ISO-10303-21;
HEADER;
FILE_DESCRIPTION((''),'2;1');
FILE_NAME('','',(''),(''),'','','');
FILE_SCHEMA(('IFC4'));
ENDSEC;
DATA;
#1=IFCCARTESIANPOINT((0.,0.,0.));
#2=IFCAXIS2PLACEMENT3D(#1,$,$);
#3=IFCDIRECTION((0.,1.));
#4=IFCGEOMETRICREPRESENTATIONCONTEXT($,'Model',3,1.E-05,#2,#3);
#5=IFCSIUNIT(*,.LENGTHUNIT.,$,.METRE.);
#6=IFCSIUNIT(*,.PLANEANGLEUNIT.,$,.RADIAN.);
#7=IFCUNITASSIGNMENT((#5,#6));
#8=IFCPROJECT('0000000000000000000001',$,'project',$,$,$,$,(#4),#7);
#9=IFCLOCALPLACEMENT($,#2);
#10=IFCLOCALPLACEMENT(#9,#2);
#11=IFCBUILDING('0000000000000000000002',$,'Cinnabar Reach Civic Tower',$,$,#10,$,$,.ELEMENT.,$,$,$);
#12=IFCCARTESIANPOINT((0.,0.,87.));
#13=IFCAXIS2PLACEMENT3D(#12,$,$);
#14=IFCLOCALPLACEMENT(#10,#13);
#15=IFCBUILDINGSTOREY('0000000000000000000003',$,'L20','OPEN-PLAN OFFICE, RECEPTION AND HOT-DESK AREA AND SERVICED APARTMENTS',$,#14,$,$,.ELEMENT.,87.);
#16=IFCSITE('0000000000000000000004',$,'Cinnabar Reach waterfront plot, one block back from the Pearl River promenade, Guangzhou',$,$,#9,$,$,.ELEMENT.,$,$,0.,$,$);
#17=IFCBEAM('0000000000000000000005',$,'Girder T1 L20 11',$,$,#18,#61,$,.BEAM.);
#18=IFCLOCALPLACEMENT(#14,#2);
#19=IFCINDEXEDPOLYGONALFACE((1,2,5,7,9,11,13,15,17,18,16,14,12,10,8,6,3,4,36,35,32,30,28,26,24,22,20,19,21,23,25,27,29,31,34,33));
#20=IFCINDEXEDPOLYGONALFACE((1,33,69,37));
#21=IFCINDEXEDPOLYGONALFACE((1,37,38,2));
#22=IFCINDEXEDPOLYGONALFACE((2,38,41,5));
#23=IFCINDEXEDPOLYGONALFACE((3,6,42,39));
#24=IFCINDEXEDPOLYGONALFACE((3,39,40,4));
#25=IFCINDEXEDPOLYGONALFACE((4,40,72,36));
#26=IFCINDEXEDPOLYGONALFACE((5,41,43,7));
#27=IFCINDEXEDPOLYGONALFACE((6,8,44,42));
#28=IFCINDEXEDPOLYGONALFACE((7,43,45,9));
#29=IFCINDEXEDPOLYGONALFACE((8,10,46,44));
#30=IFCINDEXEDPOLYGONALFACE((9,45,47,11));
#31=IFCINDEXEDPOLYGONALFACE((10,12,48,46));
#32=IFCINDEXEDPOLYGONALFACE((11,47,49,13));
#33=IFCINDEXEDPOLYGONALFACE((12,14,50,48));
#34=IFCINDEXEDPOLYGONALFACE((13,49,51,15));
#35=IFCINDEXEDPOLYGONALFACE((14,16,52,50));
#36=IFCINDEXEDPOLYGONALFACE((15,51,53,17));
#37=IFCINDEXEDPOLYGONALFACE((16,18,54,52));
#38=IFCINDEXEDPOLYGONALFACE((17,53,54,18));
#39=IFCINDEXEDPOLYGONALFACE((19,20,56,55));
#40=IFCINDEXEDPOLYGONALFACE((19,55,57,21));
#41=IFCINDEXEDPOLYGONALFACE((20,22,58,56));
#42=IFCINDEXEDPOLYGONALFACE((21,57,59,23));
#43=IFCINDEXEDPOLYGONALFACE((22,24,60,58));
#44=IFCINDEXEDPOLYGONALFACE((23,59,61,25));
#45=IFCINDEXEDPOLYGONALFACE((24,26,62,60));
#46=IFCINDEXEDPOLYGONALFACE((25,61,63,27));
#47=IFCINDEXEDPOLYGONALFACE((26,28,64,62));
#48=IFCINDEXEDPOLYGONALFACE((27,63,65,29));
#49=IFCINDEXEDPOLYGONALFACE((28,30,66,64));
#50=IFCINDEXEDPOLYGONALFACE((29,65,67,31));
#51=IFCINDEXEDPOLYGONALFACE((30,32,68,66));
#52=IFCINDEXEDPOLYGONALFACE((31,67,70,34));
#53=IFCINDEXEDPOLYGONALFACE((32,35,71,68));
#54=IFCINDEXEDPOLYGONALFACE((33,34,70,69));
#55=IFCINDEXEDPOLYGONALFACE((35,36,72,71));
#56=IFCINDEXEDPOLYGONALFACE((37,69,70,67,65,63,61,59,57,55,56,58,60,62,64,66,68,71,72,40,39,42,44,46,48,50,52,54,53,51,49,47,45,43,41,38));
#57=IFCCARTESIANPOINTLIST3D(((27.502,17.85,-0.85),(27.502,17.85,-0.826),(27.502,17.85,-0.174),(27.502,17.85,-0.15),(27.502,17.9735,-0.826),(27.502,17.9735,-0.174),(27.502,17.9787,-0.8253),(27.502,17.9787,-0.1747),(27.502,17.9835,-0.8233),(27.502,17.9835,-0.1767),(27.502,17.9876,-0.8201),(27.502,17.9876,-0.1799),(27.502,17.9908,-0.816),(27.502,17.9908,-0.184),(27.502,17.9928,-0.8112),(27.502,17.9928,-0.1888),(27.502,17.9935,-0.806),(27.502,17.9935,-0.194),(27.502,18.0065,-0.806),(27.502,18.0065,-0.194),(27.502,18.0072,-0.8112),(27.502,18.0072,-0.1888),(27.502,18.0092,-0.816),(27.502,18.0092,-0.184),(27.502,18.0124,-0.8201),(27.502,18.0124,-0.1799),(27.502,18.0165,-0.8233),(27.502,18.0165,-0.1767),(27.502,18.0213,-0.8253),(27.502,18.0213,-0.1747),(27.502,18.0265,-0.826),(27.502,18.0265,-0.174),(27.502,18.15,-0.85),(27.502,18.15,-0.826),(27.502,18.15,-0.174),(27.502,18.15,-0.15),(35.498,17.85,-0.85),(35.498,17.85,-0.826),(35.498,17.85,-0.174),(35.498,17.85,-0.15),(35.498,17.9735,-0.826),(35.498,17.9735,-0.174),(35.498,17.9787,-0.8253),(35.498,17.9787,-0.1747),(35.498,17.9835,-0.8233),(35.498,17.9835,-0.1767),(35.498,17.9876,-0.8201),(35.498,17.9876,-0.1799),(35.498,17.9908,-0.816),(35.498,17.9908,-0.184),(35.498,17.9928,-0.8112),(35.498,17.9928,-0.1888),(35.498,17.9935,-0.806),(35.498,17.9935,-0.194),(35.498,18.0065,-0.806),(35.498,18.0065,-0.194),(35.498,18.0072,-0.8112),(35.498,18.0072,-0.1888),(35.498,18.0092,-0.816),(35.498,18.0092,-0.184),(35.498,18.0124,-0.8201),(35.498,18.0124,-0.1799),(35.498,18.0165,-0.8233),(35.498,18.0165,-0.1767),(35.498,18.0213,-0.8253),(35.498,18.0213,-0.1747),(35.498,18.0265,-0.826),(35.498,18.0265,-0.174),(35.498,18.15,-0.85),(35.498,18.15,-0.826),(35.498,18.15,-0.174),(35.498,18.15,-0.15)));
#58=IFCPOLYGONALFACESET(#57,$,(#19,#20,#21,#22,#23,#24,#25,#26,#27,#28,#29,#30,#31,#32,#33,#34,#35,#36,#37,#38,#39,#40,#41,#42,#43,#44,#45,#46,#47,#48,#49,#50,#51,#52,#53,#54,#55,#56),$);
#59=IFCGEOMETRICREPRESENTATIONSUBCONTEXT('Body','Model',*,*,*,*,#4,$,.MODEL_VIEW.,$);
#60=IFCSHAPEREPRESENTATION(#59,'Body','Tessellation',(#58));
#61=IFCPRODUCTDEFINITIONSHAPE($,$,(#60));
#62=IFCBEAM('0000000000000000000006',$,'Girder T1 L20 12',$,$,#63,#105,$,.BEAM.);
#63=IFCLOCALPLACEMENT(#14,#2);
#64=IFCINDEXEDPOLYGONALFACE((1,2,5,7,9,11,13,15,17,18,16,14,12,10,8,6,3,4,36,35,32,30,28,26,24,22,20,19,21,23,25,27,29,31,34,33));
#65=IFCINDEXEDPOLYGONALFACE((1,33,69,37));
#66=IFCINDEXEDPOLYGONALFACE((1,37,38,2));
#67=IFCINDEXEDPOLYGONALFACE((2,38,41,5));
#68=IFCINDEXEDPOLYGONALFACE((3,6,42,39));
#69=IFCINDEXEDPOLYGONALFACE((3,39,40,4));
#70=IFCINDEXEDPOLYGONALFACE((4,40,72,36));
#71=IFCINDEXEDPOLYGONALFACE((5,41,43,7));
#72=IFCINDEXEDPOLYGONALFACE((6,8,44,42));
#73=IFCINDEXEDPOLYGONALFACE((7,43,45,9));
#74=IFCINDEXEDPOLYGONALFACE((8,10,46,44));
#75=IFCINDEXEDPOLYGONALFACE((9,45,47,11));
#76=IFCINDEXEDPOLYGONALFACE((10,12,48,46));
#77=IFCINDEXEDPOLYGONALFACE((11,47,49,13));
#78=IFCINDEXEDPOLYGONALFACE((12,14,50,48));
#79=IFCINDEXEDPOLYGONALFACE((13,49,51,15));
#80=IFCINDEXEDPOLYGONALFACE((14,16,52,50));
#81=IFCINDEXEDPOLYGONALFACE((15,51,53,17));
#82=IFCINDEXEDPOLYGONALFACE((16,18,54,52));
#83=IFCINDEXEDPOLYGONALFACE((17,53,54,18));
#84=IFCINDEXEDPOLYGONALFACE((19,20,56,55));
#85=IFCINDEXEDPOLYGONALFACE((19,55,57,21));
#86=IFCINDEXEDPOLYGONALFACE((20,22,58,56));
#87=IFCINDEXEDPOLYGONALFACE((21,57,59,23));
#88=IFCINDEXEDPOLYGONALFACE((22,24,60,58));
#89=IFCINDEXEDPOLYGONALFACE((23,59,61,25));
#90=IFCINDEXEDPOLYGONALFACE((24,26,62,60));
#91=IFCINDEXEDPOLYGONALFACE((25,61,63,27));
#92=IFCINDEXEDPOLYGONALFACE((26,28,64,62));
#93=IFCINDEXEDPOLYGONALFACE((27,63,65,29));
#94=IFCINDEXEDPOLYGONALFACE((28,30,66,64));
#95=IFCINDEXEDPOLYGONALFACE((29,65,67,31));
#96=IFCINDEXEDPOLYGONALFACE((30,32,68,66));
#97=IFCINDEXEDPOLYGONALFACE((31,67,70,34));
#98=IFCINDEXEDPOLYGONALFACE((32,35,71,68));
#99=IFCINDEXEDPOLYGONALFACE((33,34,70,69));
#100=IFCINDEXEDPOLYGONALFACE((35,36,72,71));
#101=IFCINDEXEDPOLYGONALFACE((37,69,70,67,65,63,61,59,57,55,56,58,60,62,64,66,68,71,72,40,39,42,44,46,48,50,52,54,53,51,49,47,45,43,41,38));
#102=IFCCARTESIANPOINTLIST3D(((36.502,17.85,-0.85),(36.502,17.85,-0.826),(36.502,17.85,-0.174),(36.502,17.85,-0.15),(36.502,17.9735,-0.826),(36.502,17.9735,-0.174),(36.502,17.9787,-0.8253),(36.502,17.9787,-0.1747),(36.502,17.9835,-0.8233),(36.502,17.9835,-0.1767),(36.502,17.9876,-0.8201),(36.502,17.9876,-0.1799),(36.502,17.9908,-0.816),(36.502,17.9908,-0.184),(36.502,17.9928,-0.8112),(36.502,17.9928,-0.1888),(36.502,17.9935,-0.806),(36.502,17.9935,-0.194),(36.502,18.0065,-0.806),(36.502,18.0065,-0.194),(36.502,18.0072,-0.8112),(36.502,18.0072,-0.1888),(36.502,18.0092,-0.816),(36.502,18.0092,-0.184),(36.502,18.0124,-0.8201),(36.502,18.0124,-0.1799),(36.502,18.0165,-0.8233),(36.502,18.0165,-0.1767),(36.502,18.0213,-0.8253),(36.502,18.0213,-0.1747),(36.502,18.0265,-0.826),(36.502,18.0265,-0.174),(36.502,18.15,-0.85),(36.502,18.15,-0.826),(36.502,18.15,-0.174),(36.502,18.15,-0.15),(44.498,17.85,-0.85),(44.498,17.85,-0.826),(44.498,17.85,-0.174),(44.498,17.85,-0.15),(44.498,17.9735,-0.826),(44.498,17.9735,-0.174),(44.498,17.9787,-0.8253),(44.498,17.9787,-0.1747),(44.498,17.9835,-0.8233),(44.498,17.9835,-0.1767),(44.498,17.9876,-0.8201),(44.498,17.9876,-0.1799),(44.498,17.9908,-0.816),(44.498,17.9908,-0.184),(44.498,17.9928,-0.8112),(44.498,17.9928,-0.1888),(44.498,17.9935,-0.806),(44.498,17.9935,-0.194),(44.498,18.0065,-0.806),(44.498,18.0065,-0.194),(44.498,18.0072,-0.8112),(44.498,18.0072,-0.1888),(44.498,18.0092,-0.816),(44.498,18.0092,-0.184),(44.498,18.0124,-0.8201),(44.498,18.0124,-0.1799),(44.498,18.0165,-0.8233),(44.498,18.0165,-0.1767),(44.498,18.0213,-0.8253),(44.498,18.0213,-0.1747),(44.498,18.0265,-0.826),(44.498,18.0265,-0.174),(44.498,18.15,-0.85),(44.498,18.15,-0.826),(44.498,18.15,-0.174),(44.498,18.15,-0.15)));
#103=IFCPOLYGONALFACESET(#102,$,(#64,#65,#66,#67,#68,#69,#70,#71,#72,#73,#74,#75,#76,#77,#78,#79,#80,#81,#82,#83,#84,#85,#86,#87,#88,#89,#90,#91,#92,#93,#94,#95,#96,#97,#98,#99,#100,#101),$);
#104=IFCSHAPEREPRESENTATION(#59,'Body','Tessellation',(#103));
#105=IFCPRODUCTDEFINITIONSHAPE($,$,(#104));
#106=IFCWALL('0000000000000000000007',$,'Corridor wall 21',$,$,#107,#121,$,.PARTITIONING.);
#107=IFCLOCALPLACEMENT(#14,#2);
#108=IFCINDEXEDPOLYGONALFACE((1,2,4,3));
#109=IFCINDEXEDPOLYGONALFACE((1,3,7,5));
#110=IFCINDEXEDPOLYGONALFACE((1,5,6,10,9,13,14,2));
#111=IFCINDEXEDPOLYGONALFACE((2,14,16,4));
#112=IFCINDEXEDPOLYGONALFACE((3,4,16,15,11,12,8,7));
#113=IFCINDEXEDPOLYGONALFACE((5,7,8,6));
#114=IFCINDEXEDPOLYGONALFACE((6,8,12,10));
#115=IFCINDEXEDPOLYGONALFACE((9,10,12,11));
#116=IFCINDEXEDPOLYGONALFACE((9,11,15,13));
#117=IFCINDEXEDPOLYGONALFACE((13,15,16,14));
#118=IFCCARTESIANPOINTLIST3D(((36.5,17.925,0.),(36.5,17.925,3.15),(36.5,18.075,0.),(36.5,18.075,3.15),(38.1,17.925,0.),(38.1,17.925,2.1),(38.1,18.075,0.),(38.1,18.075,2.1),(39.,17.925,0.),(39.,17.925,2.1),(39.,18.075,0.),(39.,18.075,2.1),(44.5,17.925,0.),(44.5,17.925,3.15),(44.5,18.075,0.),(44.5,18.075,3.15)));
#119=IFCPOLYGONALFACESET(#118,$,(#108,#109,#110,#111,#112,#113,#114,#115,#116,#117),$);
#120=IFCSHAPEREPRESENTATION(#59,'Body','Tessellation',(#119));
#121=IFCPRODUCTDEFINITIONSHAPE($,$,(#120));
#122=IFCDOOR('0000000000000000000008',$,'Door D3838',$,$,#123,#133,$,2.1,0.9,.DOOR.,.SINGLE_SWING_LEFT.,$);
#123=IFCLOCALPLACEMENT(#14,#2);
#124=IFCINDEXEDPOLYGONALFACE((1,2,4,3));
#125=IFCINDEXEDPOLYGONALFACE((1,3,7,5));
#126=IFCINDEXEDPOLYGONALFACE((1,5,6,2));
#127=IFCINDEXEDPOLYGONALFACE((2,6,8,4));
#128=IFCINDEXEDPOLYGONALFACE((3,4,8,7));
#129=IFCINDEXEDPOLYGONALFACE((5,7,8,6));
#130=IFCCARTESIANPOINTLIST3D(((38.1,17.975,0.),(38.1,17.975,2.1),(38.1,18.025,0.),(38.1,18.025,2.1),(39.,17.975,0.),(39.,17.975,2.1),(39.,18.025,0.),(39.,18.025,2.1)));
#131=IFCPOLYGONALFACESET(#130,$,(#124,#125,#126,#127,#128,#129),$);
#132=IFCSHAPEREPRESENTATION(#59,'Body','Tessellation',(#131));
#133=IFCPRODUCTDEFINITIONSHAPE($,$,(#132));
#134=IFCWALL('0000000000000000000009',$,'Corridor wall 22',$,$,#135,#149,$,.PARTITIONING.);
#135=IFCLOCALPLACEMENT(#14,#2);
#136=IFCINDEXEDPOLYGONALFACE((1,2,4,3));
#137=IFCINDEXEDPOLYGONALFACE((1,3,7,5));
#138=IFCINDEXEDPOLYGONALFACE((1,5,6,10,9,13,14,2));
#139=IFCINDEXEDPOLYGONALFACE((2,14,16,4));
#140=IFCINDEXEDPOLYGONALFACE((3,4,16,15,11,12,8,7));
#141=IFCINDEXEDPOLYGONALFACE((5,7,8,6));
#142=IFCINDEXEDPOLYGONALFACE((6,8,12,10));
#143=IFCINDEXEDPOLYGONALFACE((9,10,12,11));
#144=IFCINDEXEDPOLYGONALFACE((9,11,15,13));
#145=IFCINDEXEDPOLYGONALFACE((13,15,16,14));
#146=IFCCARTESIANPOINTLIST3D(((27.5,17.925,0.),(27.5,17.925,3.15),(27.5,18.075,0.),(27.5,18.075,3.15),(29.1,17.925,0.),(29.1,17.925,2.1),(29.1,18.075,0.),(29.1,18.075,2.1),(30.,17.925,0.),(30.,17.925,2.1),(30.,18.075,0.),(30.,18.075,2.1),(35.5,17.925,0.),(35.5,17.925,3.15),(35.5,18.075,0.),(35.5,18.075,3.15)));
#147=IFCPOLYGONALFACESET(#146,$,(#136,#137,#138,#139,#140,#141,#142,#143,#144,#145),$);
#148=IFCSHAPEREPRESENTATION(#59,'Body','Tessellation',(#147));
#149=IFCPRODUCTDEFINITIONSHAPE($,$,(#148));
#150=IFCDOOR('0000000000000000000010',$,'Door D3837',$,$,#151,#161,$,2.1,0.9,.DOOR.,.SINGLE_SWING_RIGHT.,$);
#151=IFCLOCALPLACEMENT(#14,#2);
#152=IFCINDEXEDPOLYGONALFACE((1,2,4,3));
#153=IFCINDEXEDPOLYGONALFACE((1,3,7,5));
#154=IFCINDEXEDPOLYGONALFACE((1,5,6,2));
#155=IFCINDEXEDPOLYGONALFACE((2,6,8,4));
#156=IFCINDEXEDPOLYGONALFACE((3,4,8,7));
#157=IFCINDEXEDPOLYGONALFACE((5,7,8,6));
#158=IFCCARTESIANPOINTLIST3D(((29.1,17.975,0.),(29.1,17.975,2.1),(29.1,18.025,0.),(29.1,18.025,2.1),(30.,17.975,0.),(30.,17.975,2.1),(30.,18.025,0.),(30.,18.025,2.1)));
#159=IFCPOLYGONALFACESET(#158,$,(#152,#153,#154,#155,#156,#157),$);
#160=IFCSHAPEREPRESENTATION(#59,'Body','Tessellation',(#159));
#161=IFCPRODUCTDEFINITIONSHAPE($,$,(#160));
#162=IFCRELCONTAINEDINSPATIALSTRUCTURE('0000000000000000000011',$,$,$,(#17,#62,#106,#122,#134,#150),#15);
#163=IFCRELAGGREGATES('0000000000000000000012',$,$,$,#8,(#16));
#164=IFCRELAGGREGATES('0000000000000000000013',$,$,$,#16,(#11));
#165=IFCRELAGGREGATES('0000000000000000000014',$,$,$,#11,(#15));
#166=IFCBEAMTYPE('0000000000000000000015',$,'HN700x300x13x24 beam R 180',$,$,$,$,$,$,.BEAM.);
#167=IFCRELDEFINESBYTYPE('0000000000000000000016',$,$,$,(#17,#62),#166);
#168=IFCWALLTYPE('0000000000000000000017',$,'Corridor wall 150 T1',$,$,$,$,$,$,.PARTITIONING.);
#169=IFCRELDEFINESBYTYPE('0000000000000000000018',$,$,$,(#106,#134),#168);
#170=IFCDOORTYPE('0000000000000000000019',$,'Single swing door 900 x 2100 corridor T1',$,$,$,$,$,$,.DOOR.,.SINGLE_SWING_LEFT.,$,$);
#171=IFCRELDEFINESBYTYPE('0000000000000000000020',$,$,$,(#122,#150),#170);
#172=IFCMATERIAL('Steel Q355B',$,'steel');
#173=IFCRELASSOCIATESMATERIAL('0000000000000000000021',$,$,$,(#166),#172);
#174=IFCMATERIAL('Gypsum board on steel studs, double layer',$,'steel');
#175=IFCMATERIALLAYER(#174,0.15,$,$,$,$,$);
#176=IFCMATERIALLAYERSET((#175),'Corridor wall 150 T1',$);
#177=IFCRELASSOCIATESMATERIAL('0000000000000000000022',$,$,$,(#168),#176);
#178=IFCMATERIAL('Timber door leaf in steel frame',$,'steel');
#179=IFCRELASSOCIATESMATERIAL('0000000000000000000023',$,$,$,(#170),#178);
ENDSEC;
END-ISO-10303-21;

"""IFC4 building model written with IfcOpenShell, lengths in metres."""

from ifc_helpers import new_model, si_unit, direction, frame, frame_2d, origin, origin_2d, place, context, subcontext, project, spatial, rectangle, i_section, extrude, material, layer, layer_set, material_profile, profile_set, type_object, element, fill, save


model = new_model("IFC4")

# Units and contexts
model_context = context("Model", 3, precision=1e-05, world=origin(), true_north=direction((0.0, 1.0)))
body_context = subcontext(model_context, "Body", "Model", "MODEL_VIEW")
ifc_project = project(units=[si_unit("LENGTHUNIT", "METRE"), si_unit("PLANEANGLEUNIT", "RADIAN")], contexts=[model_context])

# Site, building, storey
site_placement = place(None, origin())
site = spatial("IfcSite", under=ifc_project, at=site_placement, Name="Cinnabar Reach waterfront plot, one block back from the Pearl River promenade, Guangzhou", CompositionType="ELEMENT", RefElevation=0.0)
building_placement = place(site_placement, origin())
building = spatial("IfcBuilding", under=site, at=building_placement, Name="Cinnabar Reach Civic Tower", CompositionType="ELEMENT")
storey_placement = place(building_placement, frame((0.0, 0.0, 87.0)))
storey = spatial("IfcBuildingStorey", under=building, at=storey_placement, Name="L20", Description="OPEN-PLAN OFFICE, RECEPTION AND HOT-DESK AREA AND SERVICED APARTMENTS", CompositionType="ELEMENT", Elevation=87.0)

# Beams
ifc_material_1 = material(Name="Steel Q355B", Category="steel")
ifc_material_profile_1 = material_profile(ifc_material_1, i_section(OverallWidth=0.3, OverallDepth=0.7, WebThickness=0.013, FlangeThickness=0.024, FilletRadius=0.02, at=origin_2d()), Name="HN700x300x13x24")
ifc_profile_set_1 = profile_set([ifc_material_profile_1], Name="Steel Q355B")
beam_type_1 = type_object("IfcBeamType", Name="HN700x300x13x24 beam R 180", PredefinedType="BEAM", material=ifc_profile_set_1)
for number, where, z_axis, x_axis, name in (
    (1, (27.502, 18.0, -0.5), (1.0, 0.0, 0.0), (0.0, 1.0, 0.0), "Girder T1 L20 11"),
    (2, (36.502, 18.0, -0.5), (1.0, 0.0, 0.0), (0.0, 1.0, 0.0), "Girder T1 L20 12"),
):
    element("IfcBeam", number, at=place(storey_placement, frame(where, z_axis=z_axis, x_axis=x_axis)), inside=storey, type_object=beam_type_1, Name=name, PredefinedType="BEAM", context=body_context, shape_type="SweptSolid", body=[
        extrude(i_section(OverallWidth=0.3, OverallDepth=0.7, WebThickness=0.013, FlangeThickness=0.024, FilletRadius=0.02, at=origin_2d()), origin(), (0.0, 0.0, 1.0), 7.996),
    ])

# Walls, openings, doors
ifc_material_2 = material(Name="Gypsum board on steel studs, double layer", Category="steel")
ifc_layer_1 = layer(ifc_material_2, 0.15)
ifc_layer_set_1 = layer_set([ifc_layer_1], Name="Corridor wall 150 T1")
wall_type_1 = type_object("IfcWallType", Name="Corridor wall 150 T1", PredefinedType="PARTITIONING", material=ifc_layer_set_1)
wall_1_placement = place(storey_placement, frame((36.5, 18.0, 0.0), z_axis=(0.0, 0.0, 1.0), x_axis=(1.0, 0.0, 0.0)))
wall_1 = element("IfcWall", 3, at=wall_1_placement, inside=storey, type_object=wall_type_1, Name="Corridor wall 21", PredefinedType="PARTITIONING", context=body_context, shape_type="SweptSolid", body=[
    extrude(rectangle(XDim=8.0, YDim=0.15, at=frame_2d((4.0, 0.0))), origin(), (0.0, 0.0, 1.0), 3.15),
])
opening_1_placement = place(wall_1_placement, frame((1.6, 0.0, 0.0)))
opening_1 = element("IfcOpeningElement", 4, at=opening_1_placement, cuts=wall_1, PredefinedType="OPENING", context=body_context, shape_type="SweptSolid", body=[
    extrude(rectangle(XDim=0.9, YDim=2.1, at=frame_2d((0.45, 1.05))), frame((0.0, 0.085, 0.0), z_axis=(0.0, -1.0, 0.0), x_axis=(1.0, 0.0, 0.0)), (0.0, 0.0, 1.0), 0.17),
])
ifc_material_3 = material(Name="Timber door leaf in steel frame", Category="steel")
door_type_1 = type_object("IfcDoorType", Name="Single swing door 900 x 2100 corridor T1", OperationType="SINGLE_SWING_LEFT", PredefinedType="DOOR", material=ifc_material_3)
door_1_placement = place(opening_1_placement, frame((0.9, 0.0, 0.0), z_axis=(0.0, 0.0, 1.0), x_axis=(-1.0, 0.0, 0.0)))
door_1 = element("IfcDoor", 5, at=door_1_placement, inside=storey, type_object=door_type_1, Name="Door D3838", OperationType="SINGLE_SWING_LEFT", OverallHeight=2.1, OverallWidth=0.9, PredefinedType="DOOR", context=body_context, shape_type="SweptSolid", body=[
    extrude(rectangle(XDim=0.9, YDim=2.1, at=frame_2d((0.45, 1.05))), frame((0.0, 0.025, 0.0), z_axis=(0.0, -1.0, 0.0), x_axis=(1.0, 0.0, 0.0)), (0.0, 0.0, 1.0), 0.05),
])
fill(opening_1, door_1)
wall_2_placement = place(storey_placement, frame((27.5, 18.0, 0.0), z_axis=(0.0, 0.0, 1.0), x_axis=(1.0, 0.0, 0.0)))
wall_2 = element("IfcWall", 6, at=wall_2_placement, inside=storey, type_object=wall_type_1, Name="Corridor wall 22", PredefinedType="PARTITIONING", context=body_context, shape_type="SweptSolid", body=[
    extrude(rectangle(XDim=8.0, YDim=0.15, at=frame_2d((4.0, 0.0))), origin(), (0.0, 0.0, 1.0), 3.15),
])
opening_2_placement = place(wall_2_placement, frame((1.6, 0.0, 0.0)))
opening_2 = element("IfcOpeningElement", 7, at=opening_2_placement, cuts=wall_2, PredefinedType="OPENING", context=body_context, shape_type="SweptSolid", body=[
    extrude(rectangle(XDim=0.9, YDim=2.1, at=frame_2d((0.45, 1.05))), frame((0.0, 0.085, 0.0), z_axis=(0.0, -1.0, 0.0), x_axis=(1.0, 0.0, 0.0)), (0.0, 0.0, 1.0), 0.17),
])
door_2_placement = place(opening_2_placement, frame((0.9, 0.0, 0.0), z_axis=(0.0, 0.0, 1.0), x_axis=(-1.0, 0.0, 0.0)))
door_2 = element("IfcDoor", 8, at=door_2_placement, inside=storey, type_object=door_type_1, Name="Door D3837", OperationType="SINGLE_SWING_RIGHT", OverallHeight=2.1, OverallWidth=0.9, PredefinedType="DOOR", context=body_context, shape_type="SweptSolid", body=[
    extrude(rectangle(XDim=0.9, YDim=2.1, at=frame_2d((0.45, 1.05))), frame((0.0, 0.025, 0.0), z_axis=(0.0, -1.0, 0.0), x_axis=(1.0, 0.0, 0.0)), (0.0, 0.0, 1.0), 0.05),
])
fill(opening_2, door_2)

save(model, "model.ifc")
